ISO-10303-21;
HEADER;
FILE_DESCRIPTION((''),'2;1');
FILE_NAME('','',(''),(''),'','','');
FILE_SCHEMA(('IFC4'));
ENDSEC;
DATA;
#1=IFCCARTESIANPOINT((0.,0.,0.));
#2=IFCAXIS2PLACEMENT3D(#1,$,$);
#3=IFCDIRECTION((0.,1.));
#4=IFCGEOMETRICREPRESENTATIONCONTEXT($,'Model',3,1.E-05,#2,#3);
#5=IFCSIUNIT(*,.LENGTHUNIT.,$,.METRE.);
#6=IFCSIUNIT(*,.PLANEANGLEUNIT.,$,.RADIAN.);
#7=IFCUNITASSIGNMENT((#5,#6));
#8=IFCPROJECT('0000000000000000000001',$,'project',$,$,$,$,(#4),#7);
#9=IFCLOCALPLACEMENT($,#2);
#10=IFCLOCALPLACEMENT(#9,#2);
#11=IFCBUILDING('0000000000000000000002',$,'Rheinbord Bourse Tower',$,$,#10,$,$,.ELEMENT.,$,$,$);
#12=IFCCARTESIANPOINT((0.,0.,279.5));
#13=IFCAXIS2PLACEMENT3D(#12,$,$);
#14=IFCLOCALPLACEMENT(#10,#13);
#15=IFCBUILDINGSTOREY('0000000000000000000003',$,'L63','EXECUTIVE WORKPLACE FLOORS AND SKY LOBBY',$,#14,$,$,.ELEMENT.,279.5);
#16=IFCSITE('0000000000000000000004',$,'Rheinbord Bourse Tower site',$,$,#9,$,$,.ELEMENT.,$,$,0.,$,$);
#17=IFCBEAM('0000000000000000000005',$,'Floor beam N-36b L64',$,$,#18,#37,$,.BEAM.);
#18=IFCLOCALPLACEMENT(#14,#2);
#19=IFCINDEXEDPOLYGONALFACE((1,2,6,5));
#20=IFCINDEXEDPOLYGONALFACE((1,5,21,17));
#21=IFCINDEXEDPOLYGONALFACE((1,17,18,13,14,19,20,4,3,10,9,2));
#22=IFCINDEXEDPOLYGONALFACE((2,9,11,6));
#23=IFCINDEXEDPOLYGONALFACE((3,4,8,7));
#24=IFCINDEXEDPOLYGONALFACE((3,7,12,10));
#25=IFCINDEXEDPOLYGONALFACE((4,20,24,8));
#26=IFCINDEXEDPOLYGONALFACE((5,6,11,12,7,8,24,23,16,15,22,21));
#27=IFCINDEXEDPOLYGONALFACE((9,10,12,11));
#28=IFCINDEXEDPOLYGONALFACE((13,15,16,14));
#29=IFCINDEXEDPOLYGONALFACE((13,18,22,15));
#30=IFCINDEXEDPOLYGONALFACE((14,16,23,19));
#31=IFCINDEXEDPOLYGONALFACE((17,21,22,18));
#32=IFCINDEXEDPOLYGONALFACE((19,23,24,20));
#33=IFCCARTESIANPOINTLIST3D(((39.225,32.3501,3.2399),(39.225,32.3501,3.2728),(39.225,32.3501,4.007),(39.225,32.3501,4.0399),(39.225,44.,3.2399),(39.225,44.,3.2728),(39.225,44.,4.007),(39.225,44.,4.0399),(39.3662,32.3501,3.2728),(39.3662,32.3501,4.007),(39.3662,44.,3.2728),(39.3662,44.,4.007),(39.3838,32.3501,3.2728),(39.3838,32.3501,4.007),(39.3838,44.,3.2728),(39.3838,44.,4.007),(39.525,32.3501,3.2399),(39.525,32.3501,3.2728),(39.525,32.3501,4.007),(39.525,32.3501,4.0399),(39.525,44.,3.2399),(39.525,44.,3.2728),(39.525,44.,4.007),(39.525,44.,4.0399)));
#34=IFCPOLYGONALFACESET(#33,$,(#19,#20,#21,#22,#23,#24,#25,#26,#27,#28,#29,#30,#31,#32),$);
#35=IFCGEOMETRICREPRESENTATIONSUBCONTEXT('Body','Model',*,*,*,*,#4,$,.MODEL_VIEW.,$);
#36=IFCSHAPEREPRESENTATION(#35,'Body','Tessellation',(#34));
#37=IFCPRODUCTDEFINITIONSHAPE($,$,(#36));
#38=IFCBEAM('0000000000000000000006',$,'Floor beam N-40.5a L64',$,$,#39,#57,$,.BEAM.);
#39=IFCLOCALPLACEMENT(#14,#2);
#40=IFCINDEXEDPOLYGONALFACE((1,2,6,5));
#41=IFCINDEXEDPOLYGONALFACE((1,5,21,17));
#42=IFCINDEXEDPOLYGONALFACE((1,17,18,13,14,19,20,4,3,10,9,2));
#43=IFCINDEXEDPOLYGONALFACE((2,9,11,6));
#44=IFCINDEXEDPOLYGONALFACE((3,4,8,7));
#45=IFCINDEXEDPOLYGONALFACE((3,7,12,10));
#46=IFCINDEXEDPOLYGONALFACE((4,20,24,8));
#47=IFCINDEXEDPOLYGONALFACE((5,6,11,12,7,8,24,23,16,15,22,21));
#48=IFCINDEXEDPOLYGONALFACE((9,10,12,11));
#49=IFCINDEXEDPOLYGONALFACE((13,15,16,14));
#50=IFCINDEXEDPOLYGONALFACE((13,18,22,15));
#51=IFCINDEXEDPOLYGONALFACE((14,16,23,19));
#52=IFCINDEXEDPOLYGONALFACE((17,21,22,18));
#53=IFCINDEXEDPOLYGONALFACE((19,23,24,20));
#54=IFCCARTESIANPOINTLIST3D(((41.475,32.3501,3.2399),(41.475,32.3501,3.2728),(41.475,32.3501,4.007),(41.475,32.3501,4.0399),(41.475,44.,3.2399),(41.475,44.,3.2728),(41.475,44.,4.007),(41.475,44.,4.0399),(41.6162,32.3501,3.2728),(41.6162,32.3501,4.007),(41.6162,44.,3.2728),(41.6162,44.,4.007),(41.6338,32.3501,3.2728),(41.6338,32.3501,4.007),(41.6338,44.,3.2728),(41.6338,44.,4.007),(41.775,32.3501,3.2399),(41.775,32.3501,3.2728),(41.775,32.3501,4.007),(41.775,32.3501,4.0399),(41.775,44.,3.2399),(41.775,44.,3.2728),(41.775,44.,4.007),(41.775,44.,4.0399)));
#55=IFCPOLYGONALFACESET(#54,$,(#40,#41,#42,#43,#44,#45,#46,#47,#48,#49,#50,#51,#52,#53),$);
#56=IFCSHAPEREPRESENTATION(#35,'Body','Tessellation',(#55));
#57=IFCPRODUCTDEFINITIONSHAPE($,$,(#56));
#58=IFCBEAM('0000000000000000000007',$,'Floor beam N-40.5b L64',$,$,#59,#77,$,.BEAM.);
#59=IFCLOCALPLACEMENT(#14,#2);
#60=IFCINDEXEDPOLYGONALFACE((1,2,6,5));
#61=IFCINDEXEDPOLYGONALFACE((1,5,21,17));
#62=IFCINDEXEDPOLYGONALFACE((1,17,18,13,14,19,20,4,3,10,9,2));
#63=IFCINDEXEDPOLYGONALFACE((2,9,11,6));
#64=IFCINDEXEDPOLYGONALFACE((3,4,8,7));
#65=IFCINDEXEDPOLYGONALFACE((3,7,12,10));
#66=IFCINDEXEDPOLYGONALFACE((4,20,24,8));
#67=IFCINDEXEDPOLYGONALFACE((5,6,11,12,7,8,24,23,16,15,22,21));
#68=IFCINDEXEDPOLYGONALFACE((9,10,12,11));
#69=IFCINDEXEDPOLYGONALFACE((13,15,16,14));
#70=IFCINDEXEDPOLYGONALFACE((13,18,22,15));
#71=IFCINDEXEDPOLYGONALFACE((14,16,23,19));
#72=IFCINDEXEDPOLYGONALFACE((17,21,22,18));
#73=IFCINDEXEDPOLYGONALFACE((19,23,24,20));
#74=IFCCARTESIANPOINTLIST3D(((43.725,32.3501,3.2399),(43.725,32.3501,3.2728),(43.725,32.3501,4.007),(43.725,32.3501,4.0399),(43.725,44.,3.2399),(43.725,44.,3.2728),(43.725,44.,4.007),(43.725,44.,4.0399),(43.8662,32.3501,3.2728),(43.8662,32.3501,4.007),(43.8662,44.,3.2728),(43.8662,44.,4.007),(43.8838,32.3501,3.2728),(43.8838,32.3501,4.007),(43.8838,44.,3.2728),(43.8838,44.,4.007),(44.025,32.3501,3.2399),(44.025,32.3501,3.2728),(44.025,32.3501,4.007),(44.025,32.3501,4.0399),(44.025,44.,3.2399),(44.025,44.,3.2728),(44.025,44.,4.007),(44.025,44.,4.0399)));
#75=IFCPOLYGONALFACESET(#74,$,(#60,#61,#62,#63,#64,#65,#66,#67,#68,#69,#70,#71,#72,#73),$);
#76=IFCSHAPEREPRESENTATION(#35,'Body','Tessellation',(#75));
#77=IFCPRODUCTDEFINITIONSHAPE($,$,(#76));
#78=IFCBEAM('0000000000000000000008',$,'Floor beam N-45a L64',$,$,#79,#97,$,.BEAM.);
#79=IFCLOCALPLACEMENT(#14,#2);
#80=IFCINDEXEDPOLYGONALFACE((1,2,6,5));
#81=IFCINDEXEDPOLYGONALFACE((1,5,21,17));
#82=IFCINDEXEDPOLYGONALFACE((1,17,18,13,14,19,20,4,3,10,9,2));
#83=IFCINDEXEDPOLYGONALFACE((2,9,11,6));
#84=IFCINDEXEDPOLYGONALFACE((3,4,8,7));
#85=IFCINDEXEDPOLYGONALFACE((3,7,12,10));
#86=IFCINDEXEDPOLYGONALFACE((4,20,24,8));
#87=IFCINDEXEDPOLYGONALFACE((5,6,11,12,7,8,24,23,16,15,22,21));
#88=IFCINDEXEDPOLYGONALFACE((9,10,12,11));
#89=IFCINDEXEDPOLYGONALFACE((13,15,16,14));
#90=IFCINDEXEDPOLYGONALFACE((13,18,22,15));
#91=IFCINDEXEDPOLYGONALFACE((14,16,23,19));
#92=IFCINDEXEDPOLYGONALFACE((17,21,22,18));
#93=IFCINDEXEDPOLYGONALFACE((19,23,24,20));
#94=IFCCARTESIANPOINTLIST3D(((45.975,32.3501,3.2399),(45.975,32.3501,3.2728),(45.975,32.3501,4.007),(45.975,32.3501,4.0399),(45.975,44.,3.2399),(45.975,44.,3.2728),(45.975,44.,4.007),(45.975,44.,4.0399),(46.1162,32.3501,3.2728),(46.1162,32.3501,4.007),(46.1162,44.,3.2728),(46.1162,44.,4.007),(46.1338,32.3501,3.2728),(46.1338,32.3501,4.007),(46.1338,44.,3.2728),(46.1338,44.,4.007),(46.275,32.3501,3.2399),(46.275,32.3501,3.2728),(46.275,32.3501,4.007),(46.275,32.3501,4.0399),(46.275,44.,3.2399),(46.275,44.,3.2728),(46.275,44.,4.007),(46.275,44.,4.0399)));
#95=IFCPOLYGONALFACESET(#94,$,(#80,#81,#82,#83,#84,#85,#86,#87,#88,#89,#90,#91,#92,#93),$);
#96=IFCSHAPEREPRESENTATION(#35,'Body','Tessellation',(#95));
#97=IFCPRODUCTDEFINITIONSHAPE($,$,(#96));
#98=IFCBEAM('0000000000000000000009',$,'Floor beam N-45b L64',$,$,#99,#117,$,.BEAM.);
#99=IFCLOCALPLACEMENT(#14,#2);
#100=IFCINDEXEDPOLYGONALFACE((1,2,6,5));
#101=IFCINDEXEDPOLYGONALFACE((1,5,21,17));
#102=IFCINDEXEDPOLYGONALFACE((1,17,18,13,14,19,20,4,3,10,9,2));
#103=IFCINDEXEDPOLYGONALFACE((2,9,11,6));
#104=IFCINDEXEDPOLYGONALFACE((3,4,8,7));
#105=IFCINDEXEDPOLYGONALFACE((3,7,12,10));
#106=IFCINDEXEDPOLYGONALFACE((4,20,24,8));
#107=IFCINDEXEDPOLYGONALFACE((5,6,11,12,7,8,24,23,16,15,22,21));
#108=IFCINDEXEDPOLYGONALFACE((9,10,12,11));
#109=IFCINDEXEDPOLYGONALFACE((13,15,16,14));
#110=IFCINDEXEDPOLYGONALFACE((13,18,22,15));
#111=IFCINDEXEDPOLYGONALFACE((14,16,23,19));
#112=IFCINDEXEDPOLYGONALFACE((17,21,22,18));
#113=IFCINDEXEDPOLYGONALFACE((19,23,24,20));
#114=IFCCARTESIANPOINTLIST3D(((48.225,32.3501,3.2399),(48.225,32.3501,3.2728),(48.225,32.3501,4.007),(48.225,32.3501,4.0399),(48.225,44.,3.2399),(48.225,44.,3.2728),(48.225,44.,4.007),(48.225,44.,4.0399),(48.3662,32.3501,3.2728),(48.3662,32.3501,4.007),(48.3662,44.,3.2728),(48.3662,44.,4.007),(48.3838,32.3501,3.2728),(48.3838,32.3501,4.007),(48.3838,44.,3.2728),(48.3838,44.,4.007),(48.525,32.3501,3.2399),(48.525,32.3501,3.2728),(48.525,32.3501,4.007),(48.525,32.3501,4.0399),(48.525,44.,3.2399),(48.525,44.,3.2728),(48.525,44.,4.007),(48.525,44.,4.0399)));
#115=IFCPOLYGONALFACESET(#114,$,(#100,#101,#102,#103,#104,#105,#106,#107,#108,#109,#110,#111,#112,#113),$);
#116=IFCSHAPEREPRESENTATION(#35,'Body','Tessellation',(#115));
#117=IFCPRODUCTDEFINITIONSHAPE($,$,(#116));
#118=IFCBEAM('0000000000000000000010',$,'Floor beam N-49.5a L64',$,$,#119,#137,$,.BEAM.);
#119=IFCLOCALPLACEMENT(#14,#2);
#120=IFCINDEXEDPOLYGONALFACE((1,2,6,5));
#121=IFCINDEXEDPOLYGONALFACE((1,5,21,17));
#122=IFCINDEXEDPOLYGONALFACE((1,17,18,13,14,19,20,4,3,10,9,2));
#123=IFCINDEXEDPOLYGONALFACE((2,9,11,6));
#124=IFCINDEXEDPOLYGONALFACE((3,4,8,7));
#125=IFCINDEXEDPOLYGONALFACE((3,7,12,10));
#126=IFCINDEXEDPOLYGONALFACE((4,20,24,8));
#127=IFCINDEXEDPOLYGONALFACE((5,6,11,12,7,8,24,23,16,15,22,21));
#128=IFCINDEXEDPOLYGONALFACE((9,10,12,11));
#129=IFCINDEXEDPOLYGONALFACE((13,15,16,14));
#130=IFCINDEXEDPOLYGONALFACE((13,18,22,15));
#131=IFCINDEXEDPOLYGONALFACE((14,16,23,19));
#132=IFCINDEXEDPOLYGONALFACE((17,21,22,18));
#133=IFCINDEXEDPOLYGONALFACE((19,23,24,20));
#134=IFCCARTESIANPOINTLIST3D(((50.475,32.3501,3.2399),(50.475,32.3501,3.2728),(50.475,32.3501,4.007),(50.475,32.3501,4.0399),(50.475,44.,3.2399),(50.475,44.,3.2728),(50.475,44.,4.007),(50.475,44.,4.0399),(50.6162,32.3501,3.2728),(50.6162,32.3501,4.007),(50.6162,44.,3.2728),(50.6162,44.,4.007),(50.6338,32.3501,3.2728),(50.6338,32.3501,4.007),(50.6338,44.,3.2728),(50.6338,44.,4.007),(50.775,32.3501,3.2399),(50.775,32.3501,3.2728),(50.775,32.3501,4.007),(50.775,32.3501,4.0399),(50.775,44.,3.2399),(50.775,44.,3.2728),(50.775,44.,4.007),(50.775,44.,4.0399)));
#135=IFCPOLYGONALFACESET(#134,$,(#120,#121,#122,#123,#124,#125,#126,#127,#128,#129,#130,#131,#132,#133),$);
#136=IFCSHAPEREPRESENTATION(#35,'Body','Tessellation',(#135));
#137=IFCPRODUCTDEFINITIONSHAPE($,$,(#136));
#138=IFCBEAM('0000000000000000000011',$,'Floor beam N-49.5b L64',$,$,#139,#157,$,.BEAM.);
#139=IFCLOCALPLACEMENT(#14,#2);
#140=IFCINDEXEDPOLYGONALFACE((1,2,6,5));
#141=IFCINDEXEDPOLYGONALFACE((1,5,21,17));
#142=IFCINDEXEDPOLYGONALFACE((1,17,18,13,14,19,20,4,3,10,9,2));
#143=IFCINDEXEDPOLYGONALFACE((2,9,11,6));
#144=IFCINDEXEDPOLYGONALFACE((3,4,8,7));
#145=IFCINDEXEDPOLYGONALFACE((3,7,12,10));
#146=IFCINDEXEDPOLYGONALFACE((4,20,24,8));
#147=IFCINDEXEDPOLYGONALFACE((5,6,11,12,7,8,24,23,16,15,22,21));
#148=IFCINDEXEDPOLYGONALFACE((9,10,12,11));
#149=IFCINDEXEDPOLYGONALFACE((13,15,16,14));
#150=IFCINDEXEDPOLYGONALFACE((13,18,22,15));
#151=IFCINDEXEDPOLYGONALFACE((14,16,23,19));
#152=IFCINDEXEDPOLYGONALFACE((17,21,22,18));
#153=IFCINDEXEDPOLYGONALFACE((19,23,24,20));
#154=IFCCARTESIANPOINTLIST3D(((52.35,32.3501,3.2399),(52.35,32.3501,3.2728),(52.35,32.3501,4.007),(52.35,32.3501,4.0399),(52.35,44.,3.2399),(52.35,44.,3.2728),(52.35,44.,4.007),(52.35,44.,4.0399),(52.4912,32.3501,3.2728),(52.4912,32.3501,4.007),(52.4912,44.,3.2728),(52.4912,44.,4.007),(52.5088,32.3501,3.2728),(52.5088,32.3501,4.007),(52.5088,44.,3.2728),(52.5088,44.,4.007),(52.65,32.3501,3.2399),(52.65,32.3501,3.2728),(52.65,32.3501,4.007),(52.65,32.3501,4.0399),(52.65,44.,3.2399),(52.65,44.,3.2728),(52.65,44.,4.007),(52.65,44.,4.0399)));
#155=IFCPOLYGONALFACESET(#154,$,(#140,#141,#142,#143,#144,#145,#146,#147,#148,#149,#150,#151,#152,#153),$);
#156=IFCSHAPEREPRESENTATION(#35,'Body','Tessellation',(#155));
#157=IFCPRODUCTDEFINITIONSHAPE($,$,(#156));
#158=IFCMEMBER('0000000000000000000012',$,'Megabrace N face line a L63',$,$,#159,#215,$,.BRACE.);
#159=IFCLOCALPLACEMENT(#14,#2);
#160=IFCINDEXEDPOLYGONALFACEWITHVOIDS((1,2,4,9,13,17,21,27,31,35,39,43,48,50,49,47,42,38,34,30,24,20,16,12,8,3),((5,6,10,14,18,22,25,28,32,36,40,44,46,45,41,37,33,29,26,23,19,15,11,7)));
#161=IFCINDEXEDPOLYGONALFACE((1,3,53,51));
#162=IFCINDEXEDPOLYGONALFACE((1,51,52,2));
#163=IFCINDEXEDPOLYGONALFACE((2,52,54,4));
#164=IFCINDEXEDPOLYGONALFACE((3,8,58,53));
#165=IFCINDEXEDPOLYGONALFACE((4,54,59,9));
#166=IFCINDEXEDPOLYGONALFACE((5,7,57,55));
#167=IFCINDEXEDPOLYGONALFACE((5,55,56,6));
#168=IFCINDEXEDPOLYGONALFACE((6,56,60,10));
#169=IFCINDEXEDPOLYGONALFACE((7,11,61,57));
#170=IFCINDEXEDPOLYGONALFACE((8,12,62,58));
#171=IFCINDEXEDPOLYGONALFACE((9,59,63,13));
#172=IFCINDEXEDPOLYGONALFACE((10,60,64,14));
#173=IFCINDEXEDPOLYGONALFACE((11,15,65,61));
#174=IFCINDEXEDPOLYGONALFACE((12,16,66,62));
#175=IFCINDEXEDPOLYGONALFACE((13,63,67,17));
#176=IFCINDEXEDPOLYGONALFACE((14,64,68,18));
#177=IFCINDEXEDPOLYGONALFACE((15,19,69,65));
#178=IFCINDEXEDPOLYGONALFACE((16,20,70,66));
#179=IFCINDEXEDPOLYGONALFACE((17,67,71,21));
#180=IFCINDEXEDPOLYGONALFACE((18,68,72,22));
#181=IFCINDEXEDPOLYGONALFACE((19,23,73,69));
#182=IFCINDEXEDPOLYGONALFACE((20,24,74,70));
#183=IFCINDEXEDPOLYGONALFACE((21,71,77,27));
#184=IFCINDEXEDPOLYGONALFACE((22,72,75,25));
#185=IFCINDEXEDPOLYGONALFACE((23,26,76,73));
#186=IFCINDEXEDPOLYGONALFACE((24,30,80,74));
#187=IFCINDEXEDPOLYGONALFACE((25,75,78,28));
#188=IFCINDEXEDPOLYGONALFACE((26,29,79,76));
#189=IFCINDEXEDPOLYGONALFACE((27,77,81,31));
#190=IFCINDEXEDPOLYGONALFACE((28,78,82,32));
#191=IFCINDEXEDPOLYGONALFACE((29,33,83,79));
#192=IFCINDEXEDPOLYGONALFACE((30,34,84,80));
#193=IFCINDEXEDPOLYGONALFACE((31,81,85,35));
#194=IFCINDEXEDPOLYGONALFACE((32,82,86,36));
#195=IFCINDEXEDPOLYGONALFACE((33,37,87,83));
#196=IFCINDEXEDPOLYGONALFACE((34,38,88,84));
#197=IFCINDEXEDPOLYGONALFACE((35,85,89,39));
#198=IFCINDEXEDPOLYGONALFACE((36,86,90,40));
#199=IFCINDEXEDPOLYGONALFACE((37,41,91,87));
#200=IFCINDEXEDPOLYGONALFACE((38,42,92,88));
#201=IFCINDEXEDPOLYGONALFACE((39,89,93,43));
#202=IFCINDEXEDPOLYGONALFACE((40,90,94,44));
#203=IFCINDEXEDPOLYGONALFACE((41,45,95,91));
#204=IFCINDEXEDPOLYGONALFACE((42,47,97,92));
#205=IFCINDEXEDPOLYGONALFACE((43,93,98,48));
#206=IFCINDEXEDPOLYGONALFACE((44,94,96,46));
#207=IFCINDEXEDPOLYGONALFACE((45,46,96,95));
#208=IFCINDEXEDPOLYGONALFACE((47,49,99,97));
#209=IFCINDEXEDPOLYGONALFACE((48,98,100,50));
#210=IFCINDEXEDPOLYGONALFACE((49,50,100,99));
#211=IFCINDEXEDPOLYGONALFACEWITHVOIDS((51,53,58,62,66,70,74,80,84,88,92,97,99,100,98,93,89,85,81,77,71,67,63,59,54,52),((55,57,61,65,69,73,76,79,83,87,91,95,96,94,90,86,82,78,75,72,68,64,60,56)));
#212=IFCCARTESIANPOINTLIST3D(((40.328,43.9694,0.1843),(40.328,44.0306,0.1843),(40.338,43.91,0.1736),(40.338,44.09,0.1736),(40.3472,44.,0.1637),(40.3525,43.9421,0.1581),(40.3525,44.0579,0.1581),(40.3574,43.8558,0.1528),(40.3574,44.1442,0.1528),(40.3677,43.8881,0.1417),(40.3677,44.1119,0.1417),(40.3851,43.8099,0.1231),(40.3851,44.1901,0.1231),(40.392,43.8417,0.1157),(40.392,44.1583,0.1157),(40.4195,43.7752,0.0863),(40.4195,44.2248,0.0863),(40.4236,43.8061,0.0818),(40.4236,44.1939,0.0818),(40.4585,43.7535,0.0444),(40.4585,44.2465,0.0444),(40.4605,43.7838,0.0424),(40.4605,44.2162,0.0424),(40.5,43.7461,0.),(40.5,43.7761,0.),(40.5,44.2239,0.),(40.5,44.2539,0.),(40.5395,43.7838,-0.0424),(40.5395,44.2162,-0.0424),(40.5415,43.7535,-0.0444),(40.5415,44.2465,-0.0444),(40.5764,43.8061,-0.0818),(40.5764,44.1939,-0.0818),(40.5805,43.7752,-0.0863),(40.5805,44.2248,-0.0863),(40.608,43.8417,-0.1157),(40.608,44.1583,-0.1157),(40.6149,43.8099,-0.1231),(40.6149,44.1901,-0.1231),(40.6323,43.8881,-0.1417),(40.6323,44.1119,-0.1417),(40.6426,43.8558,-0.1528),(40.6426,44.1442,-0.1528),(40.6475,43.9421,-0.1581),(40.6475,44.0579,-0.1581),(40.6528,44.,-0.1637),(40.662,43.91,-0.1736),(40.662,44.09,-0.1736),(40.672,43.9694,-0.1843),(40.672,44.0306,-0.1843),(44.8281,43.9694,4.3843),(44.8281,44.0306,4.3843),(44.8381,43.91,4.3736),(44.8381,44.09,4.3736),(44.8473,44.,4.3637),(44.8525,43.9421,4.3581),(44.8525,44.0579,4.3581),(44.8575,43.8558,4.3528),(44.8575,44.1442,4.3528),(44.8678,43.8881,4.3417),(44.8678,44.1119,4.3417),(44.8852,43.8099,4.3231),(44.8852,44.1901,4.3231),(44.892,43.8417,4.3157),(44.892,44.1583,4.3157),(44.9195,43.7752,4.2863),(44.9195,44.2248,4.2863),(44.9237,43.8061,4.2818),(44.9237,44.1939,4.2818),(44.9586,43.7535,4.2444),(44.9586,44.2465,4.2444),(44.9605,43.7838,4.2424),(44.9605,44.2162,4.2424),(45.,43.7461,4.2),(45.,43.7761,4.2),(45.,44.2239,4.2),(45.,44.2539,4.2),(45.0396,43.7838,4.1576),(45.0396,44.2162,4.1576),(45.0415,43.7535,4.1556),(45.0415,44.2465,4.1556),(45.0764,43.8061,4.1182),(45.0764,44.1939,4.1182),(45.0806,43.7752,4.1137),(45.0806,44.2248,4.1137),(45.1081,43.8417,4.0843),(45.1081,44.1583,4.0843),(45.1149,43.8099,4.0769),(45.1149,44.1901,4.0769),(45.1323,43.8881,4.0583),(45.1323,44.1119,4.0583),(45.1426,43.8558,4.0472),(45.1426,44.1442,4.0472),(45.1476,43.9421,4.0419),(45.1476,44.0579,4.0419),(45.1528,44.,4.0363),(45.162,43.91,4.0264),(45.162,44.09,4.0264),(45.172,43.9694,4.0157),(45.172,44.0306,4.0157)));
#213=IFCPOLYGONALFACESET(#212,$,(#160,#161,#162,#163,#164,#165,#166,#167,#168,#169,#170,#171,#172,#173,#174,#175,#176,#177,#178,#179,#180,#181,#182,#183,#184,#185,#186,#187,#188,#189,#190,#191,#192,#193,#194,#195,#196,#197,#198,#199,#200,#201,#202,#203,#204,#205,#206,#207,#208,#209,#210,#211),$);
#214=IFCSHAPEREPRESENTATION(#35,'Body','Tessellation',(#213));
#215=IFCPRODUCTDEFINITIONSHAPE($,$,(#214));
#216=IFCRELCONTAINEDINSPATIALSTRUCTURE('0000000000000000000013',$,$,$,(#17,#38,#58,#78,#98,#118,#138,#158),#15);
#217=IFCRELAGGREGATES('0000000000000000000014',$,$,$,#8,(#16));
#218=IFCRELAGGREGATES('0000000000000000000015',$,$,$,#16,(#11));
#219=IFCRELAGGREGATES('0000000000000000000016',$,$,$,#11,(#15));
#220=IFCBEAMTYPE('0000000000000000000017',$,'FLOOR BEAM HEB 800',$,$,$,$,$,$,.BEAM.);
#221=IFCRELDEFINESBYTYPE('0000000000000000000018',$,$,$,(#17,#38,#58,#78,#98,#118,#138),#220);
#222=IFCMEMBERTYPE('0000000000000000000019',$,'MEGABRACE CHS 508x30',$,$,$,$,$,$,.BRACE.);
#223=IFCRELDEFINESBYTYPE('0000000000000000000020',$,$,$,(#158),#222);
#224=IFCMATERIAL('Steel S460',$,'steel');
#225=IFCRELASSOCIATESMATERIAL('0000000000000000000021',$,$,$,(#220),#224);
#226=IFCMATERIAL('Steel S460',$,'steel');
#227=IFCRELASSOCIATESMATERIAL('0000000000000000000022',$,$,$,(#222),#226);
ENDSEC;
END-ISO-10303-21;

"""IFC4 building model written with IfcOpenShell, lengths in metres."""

from ifc_helpers import new_model, si_unit, direction, frame, origin, origin_2d, place, context, subcontext, project, spatial, hollow_circle, i_section, extrude, material, material_profile, profile_set, type_object, element, save


model = new_model("IFC4")

# Units and contexts
model_context = context("Model", 3, precision=1e-05, world=origin(), true_north=direction((0.0, 1.0)))
body_context = subcontext(model_context, "Body", "Model", "MODEL_VIEW")
ifc_project = project(units=[si_unit("LENGTHUNIT", "METRE"), si_unit("PLANEANGLEUNIT", "RADIAN")], contexts=[model_context])

# Site, building, storey
site_placement = place(None, origin())
site = spatial("IfcSite", under=ifc_project, at=site_placement, Name="Rheinbord Bourse Tower site", CompositionType="ELEMENT", RefElevation=0.0)
building_placement = place(site_placement, origin())
building = spatial("IfcBuilding", under=site, at=building_placement, Name="Rheinbord Bourse Tower", CompositionType="ELEMENT")
storey_placement = place(building_placement, frame((0.0, 0.0, 279.5)))
storey = spatial("IfcBuildingStorey", under=building, at=storey_placement, Name="L63", Description="EXECUTIVE WORKPLACE FLOORS AND SKY LOBBY", CompositionType="ELEMENT", Elevation=279.5)

# Beams
ifc_material_1 = material(Name="Steel S460", Category="steel")
ifc_material_profile_1 = material_profile(ifc_material_1, i_section(OverallWidth=0.3, OverallDepth=0.8, WebThickness=0.0176, FlangeThickness=0.033, at=origin_2d()), Name="HEB 800")
ifc_profile_set_1 = profile_set([ifc_material_profile_1], Name="Steel S460")
beam_type_1 = type_object("IfcBeamType", Name="FLOOR BEAM HEB 800", PredefinedType="BEAM", material=ifc_profile_set_1)
for number, where, z_axis, x_axis, name in (
    (1, (39.375, 44.0, 3.6399), (0.0, -1.0, 0.0), (1.0, 0.0, 0.0), "Floor beam N-36b L64"),
    (2, (41.625, 44.0, 3.6399), (0.0, -1.0, 0.0), (1.0, 0.0, 0.0), "Floor beam N-40.5a L64"),
    (3, (43.875, 44.0, 3.6399), (0.0, -1.0, 0.0), (1.0, 0.0, 0.0), "Floor beam N-40.5b L64"),
    (4, (46.125, 44.0, 3.6399), (0.0, -1.0, 0.0), (1.0, 0.0, 0.0), "Floor beam N-45a L64"),
    (5, (48.375, 44.0, 3.6399), (0.0, -1.0, 0.0), (1.0, 0.0, 0.0), "Floor beam N-45b L64"),
    (6, (50.625, 44.0, 3.6399), (0.0, -1.0, 0.0), (1.0, 0.0, 0.0), "Floor beam N-49.5a L64"),
    (7, (52.5, 44.0, 3.6399), (0.0, -1.0, 0.0), (1.0, 0.0, 0.0), "Floor beam N-49.5b L64"),
):
    element("IfcBeam", number, at=place(storey_placement, frame(where, z_axis=z_axis, x_axis=x_axis)), inside=storey, type_object=beam_type_1, Name=name, PredefinedType="BEAM", context=body_context, shape_type="SweptSolid", body=[
        extrude(i_section(OverallWidth=0.3, OverallDepth=0.8, WebThickness=0.0176, FlangeThickness=0.033, at=origin_2d()), origin(), (0.0, 0.0, 1.0), 11.6499),
    ])

# Member
ifc_material_2 = material(Name="Steel S460", Category="steel")
ifc_material_profile_2 = material_profile(ifc_material_2, hollow_circle(Radius=0.2539, WallThickness=0.03, at=origin_2d()), Name="CHS 508x30")
ifc_profile_set_2 = profile_set([ifc_material_profile_2], Name="Steel S460")
member_type_1 = type_object("IfcMemberType", Name="MEGABRACE CHS 508x30", PredefinedType="BRACE", material=ifc_profile_set_2)
member_1_placement = place(storey_placement, frame((40.5, 44.0, 0.0), z_axis=(0.731059, 0.0, 0.682314), x_axis=(0.0, 1.0, 0.0)))
element("IfcMember", 8, at=member_1_placement, inside=storey, type_object=member_type_1, Name="Megabrace N face line a L63", PredefinedType="BRACE", context=body_context, shape_type="SweptSolid", body=[
    extrude(hollow_circle(Radius=0.2539, WallThickness=0.03, at=origin_2d()), origin(), (0.0, 0.0, 1.0), 6.1555),
])

save(model, "model.ifc")
